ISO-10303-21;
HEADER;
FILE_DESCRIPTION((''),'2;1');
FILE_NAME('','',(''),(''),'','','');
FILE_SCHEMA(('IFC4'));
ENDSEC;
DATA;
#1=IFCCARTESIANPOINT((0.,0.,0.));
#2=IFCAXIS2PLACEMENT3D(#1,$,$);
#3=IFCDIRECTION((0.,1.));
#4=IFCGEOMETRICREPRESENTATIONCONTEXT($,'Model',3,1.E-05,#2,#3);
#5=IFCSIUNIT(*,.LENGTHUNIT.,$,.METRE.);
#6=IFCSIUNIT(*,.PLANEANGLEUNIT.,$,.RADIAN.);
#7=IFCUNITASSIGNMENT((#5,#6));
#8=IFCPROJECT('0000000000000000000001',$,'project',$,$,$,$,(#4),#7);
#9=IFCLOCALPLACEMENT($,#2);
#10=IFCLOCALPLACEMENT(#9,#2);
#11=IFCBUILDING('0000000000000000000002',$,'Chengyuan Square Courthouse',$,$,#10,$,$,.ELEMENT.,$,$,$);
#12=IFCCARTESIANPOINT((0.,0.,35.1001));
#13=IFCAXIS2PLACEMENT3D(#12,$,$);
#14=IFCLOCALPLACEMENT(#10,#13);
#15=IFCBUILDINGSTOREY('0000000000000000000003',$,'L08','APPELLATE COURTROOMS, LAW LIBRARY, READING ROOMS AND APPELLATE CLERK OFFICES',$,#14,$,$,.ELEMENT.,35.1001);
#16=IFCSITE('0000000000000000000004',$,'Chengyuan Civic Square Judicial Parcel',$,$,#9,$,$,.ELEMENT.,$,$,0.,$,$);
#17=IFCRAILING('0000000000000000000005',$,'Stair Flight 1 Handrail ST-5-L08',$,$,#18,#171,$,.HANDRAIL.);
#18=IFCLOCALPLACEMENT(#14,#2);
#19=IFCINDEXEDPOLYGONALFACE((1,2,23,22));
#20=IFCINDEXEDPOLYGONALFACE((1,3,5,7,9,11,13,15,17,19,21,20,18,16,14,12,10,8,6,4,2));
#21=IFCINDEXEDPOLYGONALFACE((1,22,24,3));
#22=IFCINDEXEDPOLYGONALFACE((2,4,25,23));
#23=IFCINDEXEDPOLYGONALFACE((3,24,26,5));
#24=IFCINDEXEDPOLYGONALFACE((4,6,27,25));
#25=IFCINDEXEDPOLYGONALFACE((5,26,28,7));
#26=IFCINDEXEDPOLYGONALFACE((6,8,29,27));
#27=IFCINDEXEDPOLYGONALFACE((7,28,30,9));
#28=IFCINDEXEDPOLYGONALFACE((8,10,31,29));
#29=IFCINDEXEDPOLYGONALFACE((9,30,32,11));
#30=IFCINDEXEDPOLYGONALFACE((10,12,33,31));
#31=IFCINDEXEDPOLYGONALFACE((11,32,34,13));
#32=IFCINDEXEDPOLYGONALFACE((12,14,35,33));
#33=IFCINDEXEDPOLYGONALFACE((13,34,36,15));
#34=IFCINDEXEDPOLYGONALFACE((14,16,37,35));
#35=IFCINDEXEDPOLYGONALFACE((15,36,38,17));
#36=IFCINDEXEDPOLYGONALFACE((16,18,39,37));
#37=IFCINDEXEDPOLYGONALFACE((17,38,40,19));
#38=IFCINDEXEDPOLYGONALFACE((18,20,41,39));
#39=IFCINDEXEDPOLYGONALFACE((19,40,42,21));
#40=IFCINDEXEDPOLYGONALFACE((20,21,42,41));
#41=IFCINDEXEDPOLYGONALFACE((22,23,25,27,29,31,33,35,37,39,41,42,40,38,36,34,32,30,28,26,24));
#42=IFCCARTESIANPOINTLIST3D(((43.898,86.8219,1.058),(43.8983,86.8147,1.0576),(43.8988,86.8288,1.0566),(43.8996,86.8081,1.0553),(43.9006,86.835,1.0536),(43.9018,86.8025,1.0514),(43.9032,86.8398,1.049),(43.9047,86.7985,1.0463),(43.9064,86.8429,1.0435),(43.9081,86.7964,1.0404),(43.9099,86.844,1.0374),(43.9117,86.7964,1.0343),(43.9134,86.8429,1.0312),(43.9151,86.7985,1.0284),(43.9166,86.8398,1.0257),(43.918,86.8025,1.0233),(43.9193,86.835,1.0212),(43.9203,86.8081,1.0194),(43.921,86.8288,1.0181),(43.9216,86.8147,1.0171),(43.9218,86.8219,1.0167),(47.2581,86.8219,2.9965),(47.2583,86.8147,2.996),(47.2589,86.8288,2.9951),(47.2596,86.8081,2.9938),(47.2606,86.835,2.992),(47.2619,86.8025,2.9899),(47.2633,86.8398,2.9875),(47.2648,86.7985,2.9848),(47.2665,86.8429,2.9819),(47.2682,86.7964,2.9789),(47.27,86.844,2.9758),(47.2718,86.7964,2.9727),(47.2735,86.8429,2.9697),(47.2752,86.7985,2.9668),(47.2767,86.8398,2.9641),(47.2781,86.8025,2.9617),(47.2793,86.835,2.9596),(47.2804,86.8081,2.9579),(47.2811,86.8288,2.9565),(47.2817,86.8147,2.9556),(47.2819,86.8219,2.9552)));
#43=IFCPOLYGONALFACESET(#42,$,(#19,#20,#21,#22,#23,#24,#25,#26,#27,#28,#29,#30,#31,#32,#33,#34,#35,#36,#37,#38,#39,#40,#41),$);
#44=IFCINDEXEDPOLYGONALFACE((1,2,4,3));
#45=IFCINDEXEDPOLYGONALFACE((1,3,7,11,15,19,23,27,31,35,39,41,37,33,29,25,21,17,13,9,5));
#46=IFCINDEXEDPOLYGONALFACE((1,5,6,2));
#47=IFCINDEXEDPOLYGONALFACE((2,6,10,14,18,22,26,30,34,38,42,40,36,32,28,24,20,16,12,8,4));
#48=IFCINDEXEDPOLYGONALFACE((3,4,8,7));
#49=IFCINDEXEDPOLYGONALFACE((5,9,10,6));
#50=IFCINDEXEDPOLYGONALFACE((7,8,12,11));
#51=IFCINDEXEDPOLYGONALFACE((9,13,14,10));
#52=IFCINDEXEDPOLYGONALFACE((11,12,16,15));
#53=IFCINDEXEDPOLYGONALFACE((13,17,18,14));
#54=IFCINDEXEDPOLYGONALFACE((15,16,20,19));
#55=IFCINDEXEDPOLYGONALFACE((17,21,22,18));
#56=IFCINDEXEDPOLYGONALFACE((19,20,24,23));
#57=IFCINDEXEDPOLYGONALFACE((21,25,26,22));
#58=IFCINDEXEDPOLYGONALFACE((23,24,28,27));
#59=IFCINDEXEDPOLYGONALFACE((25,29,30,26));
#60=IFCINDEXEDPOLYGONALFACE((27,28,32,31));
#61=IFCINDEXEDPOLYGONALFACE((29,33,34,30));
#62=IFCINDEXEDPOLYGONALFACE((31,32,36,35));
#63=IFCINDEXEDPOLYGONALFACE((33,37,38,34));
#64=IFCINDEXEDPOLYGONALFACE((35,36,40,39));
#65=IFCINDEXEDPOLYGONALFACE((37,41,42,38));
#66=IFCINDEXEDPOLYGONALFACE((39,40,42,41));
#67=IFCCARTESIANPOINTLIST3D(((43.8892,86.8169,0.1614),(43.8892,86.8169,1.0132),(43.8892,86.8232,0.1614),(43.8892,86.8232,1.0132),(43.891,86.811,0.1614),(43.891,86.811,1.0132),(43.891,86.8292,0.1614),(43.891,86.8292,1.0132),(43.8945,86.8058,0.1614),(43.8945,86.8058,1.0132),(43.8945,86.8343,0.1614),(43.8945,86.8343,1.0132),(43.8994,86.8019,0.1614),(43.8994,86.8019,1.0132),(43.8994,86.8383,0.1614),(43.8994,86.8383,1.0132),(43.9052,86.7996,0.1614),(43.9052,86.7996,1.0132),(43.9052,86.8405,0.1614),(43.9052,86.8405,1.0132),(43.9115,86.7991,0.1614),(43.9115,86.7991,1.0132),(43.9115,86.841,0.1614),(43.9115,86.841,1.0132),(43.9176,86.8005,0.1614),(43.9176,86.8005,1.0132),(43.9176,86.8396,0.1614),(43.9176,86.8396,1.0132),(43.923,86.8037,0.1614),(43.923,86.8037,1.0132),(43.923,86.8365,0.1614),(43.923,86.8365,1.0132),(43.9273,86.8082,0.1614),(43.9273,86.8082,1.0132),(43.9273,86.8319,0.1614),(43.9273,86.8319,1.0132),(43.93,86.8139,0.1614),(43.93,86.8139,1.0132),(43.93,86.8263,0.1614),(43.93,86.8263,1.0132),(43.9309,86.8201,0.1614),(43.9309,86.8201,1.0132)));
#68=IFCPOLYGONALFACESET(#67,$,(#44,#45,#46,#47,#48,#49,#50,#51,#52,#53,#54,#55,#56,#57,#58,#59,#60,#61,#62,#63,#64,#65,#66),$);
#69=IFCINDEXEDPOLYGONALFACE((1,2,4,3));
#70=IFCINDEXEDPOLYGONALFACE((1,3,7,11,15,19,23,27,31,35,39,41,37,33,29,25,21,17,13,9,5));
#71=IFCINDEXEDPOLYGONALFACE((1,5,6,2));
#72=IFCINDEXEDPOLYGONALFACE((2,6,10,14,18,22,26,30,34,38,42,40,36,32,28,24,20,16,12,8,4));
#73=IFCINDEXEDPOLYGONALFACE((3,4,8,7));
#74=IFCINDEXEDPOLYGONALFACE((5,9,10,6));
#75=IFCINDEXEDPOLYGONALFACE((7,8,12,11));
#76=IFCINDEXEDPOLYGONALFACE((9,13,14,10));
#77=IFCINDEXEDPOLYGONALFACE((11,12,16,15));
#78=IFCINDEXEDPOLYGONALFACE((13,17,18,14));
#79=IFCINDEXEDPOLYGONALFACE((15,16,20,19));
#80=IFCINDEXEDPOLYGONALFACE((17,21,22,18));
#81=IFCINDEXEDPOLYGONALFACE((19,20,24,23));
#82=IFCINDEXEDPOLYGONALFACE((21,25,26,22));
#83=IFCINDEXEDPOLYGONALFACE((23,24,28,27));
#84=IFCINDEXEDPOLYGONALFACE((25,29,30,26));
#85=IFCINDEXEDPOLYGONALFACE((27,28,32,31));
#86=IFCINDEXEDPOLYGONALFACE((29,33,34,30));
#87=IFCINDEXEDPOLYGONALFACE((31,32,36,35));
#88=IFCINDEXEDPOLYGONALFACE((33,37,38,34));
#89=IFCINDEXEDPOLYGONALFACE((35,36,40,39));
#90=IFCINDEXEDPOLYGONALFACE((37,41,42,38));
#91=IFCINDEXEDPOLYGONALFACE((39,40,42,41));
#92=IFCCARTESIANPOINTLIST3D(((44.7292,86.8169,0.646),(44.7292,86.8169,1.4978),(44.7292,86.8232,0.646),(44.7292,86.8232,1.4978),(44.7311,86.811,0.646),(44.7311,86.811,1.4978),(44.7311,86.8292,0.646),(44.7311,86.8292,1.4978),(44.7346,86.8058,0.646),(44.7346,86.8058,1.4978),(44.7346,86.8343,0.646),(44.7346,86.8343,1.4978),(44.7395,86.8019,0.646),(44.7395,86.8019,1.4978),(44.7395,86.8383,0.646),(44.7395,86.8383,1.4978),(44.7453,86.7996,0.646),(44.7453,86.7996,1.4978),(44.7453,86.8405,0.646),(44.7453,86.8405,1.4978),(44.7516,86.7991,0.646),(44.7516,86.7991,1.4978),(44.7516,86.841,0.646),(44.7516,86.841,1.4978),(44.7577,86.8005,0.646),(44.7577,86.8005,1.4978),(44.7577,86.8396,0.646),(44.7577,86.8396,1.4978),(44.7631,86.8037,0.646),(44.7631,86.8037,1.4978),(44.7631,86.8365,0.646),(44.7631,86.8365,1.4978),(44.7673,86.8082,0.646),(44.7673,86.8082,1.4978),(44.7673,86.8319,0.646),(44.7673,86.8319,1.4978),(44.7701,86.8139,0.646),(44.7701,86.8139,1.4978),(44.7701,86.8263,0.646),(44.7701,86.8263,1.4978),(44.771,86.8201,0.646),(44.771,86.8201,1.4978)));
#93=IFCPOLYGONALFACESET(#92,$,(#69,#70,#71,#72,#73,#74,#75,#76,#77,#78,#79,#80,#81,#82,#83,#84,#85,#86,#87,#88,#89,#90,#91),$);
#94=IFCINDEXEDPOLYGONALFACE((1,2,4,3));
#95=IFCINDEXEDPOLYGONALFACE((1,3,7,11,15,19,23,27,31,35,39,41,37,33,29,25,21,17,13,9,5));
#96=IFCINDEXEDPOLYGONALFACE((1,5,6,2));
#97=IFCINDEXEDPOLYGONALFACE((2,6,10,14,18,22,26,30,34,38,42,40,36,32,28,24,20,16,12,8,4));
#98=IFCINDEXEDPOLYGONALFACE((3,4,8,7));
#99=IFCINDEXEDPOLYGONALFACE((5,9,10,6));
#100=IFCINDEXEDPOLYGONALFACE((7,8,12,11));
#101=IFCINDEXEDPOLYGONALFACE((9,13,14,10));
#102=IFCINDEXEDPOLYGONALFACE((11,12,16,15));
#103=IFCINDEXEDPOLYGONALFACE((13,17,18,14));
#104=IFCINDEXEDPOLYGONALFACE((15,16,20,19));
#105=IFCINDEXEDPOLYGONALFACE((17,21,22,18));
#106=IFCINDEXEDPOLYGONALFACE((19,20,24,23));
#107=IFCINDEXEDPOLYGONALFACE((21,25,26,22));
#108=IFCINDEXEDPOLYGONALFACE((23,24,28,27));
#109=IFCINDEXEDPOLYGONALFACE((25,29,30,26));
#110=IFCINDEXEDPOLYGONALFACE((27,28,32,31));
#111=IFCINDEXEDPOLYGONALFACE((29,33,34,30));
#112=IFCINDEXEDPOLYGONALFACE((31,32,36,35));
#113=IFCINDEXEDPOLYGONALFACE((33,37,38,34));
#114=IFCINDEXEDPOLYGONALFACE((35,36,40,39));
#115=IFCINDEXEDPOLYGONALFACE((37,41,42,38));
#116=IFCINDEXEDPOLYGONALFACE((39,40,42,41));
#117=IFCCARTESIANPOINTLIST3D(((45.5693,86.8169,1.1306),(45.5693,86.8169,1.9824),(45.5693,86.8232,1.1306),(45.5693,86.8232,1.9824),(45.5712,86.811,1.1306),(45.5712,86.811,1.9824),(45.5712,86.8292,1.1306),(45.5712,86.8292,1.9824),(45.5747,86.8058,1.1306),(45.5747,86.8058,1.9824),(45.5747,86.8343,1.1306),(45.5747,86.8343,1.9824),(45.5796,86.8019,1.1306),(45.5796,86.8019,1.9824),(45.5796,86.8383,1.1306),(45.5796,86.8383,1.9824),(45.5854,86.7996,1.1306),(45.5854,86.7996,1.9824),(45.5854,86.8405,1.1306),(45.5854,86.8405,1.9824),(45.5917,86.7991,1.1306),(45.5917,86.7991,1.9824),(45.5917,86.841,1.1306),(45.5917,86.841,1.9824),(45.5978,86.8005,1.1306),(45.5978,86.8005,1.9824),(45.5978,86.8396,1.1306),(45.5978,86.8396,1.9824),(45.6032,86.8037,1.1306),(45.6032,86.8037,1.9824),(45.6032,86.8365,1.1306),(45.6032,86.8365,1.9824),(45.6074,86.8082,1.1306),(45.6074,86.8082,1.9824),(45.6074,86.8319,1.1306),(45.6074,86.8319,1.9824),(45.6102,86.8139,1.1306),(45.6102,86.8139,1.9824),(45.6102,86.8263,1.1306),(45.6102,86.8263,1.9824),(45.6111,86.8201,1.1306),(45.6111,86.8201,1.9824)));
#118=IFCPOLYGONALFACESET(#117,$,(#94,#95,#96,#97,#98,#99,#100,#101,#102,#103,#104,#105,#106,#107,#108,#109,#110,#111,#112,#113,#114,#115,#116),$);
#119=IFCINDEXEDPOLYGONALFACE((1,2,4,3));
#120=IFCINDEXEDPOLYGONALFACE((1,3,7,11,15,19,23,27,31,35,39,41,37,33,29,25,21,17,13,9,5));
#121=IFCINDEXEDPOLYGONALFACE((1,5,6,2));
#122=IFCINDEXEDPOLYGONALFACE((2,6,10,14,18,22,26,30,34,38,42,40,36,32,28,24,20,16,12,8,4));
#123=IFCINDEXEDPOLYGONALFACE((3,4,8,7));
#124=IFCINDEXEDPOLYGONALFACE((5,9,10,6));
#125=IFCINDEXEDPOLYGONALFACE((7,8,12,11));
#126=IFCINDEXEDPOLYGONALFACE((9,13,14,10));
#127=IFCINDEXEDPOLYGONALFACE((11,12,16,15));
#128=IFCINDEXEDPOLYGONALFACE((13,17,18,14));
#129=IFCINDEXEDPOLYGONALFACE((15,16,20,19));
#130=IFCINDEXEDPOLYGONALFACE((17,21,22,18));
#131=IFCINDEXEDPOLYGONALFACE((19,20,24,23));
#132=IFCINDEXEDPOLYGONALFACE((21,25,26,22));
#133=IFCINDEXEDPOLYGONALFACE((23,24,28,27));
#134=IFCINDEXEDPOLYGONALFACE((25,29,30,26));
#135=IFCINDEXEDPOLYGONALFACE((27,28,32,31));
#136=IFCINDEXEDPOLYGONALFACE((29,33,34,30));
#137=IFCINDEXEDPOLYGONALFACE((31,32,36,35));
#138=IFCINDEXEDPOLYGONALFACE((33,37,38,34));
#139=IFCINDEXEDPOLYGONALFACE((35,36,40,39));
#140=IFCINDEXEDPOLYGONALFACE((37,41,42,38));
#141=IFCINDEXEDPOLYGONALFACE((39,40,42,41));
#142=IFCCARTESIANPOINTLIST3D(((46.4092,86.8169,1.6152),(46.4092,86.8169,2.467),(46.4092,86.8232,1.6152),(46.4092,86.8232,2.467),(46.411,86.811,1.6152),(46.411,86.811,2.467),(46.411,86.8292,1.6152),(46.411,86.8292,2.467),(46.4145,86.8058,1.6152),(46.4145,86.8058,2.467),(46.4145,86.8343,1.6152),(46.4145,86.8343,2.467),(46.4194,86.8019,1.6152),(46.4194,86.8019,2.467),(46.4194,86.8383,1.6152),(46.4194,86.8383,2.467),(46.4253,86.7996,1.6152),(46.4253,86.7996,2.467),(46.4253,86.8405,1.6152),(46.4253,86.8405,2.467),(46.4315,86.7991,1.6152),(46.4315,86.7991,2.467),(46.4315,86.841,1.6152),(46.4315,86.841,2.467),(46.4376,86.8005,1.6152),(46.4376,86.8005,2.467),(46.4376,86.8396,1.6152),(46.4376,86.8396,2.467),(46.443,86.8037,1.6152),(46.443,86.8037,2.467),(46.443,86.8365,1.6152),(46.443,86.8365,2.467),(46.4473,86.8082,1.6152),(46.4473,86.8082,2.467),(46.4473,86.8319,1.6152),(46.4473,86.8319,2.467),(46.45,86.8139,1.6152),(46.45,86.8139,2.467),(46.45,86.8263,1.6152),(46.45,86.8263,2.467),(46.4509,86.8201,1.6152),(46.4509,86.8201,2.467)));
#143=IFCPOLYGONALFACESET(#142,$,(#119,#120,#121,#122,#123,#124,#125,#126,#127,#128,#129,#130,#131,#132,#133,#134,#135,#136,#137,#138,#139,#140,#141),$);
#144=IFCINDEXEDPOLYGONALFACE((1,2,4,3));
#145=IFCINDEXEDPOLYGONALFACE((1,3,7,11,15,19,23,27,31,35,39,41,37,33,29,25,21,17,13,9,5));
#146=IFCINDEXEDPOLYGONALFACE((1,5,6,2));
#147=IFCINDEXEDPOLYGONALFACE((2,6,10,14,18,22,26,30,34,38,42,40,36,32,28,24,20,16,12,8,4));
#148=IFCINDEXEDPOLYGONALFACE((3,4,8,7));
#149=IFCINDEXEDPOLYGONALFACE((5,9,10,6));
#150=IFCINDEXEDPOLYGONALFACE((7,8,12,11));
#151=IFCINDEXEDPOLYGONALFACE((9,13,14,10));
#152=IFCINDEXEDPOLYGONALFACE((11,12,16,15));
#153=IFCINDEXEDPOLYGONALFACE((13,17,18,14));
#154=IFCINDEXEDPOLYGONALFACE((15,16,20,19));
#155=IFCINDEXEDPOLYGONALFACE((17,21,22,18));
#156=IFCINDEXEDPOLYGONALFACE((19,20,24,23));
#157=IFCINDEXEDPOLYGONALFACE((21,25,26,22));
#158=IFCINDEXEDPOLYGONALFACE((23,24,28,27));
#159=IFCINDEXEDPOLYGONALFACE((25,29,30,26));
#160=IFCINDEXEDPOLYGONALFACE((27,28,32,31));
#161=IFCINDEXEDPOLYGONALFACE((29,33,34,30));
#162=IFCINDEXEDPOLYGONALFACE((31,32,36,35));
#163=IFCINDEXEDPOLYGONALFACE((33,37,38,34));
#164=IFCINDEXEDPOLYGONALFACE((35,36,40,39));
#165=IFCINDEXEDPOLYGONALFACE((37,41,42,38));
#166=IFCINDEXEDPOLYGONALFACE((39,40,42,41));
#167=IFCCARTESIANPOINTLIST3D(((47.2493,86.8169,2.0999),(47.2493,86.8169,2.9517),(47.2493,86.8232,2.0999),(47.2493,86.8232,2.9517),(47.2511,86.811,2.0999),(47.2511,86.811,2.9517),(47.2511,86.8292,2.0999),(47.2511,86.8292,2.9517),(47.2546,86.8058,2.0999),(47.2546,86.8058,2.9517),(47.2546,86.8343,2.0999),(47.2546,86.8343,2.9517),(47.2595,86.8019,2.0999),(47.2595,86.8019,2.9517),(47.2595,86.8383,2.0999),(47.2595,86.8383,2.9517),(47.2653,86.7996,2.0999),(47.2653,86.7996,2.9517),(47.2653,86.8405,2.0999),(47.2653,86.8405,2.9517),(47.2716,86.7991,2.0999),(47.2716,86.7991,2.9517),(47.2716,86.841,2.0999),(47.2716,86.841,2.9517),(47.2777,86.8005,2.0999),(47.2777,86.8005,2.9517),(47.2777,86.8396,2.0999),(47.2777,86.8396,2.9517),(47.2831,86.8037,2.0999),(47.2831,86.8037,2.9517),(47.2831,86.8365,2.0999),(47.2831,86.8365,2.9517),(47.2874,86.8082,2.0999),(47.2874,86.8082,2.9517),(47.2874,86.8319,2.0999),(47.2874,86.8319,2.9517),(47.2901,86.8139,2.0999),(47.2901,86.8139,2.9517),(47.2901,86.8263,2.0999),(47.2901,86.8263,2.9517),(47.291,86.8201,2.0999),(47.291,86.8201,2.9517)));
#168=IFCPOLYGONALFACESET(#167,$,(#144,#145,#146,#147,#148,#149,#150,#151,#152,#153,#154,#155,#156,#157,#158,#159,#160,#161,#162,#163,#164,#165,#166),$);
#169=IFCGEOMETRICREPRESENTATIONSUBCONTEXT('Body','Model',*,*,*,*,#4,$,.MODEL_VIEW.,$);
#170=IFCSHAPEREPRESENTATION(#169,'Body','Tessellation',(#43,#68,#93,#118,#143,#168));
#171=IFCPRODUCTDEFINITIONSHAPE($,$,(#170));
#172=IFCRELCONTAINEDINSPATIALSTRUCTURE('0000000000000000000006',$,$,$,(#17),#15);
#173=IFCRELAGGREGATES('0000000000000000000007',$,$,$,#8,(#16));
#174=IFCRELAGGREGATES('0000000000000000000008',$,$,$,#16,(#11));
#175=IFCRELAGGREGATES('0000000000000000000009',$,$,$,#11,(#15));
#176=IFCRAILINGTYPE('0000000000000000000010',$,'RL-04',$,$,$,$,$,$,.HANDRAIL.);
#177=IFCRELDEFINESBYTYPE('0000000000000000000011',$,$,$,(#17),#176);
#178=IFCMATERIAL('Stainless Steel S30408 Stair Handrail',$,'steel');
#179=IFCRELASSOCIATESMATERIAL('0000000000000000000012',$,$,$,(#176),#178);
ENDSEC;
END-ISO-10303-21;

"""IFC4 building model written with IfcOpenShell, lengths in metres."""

from ifc_helpers import new_model, si_unit, direction, frame, origin, origin_2d, place, context, subcontext, project, spatial, circle, extrude, material, type_object, element, save


model = new_model("IFC4")

# Units and contexts
model_context = context("Model", 3, precision=1e-05, world=origin(), true_north=direction((0.0, 1.0)))
body_context = subcontext(model_context, "Body", "Model", "MODEL_VIEW")
ifc_project = project(units=[si_unit("LENGTHUNIT", "METRE"), si_unit("PLANEANGLEUNIT", "RADIAN")], contexts=[model_context])

# Site, building, storey
site_placement = place(None, origin())
site = spatial("IfcSite", under=ifc_project, at=site_placement, Name="Chengyuan Civic Square Judicial Parcel", CompositionType="ELEMENT", RefElevation=0.0)
building_placement = place(site_placement, origin())
building = spatial("IfcBuilding", under=site, at=building_placement, Name="Chengyuan Square Courthouse", CompositionType="ELEMENT")
storey_placement = place(building_placement, frame((0.0, 0.0, 35.1001)))
storey = spatial("IfcBuildingStorey", under=building, at=storey_placement, Name="L08", Description="APPELLATE COURTROOMS, LAW LIBRARY, READING ROOMS AND APPELLATE CLERK OFFICES", CompositionType="ELEMENT", Elevation=35.1001)

# Railing
ifc_material_1 = material(Name="Stainless Steel S30408 Stair Handrail", Category="steel")
railing_type_1 = type_object("IfcRailingType", Name="RL-04", PredefinedType="HANDRAIL", material=ifc_material_1)
railing_1_placement = place(storey_placement, frame((43.9099, 86.8201, 0.1614)))
element("IfcRailing", 1, at=railing_1_placement, inside=storey, type_object=railing_type_1, Name="Stair Flight 1 Handrail ST-5-L08", PredefinedType="HANDRAIL", context=body_context, shape_type="SweptSolid", body=[
    extrude(circle(Radius=0.0239, at=origin_2d()), frame((0.0, 0.0, 0.876), z_axis=(0.866191, 0.0, 0.499713), x_axis=(0.0, 1.0, 0.0)), (0.0, 0.0, 1.0), 3.8792),
    extrude(circle(Radius=0.021, at=origin_2d()), origin(), (0.0, 0.0, 1.0), 0.8518),
    extrude(circle(Radius=0.021, at=origin_2d()), frame((0.8401, 0.0, 0.4846)), (0.0, 0.0, 1.0), 0.8518),
    extrude(circle(Radius=0.021, at=origin_2d()), frame((1.6802, 0.0, 0.9692)), (0.0, 0.0, 1.0), 0.8518),
    extrude(circle(Radius=0.021, at=origin_2d()), frame((2.52, 0.0, 1.4539)), (0.0, 0.0, 1.0), 0.8518),
    extrude(circle(Radius=0.021, at=origin_2d()), frame((3.3601, 0.0, 1.9385)), (0.0, 0.0, 1.0), 0.8518),
])

save(model, "model.ifc")
